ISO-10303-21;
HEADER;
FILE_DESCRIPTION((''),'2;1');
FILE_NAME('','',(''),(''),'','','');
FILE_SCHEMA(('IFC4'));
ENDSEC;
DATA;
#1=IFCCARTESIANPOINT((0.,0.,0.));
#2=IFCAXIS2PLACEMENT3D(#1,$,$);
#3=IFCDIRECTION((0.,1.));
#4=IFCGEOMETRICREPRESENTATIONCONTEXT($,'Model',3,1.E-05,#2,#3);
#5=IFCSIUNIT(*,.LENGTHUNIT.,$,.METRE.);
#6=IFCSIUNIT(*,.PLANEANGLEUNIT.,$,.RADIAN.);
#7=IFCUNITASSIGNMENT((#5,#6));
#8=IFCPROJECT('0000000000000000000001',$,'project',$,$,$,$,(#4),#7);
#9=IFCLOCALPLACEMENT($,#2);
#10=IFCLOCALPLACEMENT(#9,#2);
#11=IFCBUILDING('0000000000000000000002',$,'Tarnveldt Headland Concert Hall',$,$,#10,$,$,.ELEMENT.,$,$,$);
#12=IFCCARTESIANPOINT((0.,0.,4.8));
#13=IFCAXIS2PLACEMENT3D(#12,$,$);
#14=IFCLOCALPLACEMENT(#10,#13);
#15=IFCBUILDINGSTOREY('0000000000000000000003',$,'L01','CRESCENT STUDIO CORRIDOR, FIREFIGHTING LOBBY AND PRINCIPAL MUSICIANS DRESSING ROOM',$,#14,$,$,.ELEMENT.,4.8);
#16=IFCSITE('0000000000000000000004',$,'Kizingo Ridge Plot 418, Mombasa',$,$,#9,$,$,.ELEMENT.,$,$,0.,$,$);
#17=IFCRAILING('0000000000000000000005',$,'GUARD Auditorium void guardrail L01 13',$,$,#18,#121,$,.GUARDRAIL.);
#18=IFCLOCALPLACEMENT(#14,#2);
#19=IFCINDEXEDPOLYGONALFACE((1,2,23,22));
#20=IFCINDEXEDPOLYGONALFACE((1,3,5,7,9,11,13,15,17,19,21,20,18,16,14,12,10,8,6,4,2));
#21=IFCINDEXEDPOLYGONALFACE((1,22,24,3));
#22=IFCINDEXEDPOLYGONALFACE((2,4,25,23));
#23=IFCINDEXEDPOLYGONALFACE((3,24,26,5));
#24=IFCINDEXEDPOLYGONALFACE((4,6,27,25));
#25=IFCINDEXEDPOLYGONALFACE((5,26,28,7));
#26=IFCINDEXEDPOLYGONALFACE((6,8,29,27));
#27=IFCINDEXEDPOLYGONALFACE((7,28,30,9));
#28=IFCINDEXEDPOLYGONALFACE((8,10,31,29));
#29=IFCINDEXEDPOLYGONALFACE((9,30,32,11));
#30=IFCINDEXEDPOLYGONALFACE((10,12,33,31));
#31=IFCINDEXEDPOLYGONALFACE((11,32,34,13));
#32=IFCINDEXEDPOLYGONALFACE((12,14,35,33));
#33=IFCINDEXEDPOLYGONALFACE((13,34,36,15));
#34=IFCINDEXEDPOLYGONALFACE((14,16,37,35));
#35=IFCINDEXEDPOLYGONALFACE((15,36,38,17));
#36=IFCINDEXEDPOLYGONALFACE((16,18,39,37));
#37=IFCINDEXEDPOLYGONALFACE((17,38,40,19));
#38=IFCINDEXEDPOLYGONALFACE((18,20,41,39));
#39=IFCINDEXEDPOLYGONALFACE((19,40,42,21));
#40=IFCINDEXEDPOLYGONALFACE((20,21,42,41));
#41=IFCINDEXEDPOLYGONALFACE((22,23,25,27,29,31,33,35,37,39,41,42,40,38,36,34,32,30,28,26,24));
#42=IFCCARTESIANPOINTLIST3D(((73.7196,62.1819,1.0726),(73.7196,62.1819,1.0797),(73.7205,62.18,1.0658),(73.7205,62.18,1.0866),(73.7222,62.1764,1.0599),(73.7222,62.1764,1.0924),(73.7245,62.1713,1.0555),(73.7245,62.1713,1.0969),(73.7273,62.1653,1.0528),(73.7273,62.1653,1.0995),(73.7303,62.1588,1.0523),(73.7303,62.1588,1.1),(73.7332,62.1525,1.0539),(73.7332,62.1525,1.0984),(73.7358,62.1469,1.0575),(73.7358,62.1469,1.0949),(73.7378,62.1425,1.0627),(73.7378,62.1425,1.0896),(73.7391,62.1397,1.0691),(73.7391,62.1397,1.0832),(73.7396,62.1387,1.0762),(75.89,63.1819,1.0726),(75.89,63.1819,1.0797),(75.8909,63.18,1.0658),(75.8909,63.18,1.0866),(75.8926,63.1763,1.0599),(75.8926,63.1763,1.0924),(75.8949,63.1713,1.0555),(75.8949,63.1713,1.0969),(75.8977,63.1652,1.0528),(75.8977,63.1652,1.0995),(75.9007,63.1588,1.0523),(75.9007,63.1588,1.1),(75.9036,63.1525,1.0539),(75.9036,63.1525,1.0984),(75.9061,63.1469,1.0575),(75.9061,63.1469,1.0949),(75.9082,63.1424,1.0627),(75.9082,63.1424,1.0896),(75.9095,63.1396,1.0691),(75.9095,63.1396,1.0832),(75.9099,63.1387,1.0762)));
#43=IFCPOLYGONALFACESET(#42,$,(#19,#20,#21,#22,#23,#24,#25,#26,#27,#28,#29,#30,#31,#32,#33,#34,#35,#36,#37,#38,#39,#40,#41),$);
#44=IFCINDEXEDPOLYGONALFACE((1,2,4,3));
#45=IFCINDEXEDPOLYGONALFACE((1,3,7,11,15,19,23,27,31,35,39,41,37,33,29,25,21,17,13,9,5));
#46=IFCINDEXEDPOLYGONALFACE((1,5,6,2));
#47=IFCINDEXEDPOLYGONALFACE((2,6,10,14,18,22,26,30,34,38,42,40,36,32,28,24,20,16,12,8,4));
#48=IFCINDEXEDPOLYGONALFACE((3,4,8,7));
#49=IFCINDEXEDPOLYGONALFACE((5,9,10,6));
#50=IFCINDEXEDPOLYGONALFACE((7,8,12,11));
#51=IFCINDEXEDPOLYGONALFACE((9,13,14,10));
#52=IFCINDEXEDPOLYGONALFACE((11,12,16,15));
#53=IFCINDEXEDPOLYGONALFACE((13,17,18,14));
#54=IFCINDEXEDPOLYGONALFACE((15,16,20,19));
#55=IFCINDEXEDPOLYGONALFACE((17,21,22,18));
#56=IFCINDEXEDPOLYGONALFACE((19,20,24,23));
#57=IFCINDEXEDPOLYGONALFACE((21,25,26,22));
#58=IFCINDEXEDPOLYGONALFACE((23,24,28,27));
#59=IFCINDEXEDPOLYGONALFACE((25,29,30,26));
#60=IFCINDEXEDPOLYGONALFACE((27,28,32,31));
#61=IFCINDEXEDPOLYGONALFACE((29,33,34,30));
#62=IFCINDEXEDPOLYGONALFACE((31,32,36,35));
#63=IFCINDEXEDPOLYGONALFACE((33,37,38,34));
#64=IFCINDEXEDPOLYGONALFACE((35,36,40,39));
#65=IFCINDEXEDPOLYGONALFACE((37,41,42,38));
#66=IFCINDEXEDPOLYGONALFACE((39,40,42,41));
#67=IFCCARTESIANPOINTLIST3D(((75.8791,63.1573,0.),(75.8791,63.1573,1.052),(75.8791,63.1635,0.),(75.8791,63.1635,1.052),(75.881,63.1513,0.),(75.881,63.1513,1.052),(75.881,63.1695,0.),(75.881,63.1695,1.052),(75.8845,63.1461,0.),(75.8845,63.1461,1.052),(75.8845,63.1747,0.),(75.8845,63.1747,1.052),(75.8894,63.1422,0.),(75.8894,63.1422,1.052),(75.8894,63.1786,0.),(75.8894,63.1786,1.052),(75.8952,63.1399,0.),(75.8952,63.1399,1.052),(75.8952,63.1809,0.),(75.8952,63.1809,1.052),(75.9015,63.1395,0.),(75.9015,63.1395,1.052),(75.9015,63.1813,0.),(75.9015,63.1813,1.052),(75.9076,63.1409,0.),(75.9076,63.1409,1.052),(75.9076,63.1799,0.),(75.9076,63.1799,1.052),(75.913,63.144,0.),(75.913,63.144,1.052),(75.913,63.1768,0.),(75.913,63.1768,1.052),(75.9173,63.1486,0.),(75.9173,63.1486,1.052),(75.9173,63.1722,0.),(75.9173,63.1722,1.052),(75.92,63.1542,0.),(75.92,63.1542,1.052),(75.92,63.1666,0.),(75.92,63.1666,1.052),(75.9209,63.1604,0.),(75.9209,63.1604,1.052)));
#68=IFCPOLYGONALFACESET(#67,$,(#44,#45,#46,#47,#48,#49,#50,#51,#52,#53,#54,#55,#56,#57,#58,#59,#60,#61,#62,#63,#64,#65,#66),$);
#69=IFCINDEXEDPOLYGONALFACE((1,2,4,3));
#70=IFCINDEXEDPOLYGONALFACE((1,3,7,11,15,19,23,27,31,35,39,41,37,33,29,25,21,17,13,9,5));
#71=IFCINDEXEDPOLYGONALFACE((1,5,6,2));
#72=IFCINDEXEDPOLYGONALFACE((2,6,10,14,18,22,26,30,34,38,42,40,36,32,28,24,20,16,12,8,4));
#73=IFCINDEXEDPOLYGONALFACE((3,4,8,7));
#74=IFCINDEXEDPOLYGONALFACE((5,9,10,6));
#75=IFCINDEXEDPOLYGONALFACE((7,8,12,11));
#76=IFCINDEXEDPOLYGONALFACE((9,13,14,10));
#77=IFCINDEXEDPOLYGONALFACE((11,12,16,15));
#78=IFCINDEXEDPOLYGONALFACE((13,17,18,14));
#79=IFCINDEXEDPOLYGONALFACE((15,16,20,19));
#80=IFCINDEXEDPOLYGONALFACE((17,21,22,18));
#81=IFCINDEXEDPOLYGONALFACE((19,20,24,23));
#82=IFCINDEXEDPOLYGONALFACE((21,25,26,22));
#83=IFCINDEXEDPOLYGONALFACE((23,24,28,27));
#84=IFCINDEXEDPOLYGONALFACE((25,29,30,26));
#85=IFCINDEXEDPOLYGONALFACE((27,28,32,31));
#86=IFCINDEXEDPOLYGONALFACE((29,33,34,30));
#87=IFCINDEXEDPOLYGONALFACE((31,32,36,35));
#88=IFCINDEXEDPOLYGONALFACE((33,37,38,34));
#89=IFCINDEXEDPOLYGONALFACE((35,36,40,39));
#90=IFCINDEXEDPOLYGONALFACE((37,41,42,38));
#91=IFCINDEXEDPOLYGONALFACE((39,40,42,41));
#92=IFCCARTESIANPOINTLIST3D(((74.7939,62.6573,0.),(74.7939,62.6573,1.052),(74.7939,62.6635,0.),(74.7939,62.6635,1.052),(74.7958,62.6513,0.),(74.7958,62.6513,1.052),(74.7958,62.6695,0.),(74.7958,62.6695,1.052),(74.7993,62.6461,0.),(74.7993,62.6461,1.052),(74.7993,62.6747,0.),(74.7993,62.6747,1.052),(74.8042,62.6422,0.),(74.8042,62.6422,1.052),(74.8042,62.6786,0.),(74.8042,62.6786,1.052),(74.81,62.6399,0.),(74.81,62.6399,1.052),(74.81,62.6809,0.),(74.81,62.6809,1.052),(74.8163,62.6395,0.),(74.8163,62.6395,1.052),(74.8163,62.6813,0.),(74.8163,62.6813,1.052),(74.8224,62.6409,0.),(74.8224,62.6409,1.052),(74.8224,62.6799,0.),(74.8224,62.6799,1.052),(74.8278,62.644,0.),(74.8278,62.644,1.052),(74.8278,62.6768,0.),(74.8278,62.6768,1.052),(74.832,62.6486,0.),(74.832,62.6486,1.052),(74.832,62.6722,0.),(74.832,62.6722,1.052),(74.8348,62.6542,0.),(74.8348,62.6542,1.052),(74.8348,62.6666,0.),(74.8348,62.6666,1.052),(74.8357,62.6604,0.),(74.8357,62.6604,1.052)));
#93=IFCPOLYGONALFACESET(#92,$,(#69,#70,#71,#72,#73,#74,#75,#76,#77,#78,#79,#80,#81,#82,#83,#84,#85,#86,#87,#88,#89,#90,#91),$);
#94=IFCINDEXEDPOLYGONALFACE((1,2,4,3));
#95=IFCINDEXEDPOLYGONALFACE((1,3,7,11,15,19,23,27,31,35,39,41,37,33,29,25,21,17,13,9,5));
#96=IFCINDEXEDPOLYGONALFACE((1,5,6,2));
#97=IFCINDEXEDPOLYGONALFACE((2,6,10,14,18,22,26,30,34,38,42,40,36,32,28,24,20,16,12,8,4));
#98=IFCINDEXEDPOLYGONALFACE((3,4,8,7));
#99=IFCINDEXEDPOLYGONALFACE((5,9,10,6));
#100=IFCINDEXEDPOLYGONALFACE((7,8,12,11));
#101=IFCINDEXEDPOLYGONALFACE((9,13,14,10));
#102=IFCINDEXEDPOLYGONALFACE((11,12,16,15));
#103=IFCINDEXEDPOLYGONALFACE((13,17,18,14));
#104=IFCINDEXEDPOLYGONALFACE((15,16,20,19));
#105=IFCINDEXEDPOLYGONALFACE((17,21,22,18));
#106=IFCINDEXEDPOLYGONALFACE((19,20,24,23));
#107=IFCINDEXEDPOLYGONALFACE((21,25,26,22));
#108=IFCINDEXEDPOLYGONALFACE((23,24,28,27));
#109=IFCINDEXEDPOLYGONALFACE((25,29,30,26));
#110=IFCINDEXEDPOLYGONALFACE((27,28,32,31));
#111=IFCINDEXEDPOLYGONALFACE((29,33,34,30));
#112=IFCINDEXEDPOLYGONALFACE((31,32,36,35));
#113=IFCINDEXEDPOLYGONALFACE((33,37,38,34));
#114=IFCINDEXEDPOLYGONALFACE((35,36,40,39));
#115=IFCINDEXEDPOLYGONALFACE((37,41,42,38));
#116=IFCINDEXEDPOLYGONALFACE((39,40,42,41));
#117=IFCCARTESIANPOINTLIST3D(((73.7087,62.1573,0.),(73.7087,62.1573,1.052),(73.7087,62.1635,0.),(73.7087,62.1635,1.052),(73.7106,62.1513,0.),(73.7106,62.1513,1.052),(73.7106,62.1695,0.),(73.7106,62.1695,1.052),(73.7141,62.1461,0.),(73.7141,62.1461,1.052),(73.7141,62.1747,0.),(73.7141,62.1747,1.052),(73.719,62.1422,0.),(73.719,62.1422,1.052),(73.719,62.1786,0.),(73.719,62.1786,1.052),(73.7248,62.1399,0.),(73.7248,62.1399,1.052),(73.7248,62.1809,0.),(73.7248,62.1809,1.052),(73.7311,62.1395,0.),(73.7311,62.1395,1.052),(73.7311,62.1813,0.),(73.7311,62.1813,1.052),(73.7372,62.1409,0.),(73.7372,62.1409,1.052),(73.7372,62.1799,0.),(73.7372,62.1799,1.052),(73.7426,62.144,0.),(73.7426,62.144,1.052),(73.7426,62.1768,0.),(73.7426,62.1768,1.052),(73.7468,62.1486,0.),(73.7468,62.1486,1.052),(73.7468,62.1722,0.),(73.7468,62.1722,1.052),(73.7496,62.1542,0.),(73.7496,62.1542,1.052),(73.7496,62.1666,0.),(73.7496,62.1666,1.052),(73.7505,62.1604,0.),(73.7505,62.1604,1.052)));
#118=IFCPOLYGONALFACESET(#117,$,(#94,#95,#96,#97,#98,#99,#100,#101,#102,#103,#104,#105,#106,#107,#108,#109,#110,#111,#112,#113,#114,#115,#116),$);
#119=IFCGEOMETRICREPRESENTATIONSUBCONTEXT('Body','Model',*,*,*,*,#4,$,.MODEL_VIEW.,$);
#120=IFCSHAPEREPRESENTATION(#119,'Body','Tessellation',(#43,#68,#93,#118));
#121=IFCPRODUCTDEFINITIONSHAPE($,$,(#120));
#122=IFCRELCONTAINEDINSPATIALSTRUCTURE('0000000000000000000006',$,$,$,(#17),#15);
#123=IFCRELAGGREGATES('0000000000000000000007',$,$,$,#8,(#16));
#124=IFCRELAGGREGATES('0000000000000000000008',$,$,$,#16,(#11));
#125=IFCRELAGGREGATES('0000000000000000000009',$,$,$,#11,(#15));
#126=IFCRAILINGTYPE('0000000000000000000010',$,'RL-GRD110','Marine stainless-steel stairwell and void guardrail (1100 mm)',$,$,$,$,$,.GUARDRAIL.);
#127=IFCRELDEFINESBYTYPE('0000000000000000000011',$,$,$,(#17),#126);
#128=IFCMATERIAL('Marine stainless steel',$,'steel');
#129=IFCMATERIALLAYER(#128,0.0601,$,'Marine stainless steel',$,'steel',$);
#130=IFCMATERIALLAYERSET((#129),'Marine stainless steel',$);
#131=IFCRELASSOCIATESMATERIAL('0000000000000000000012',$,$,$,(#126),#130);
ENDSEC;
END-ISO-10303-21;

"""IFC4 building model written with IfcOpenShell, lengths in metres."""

from ifc_helpers import new_model, si_unit, direction, frame, origin, origin_2d, place, context, subcontext, project, spatial, circle, extrude, material, layer, layer_set, type_object, element, save


model = new_model("IFC4")

# Units and contexts
model_context = context("Model", 3, precision=1e-05, world=origin(), true_north=direction((0.0, 1.0)))
body_context = subcontext(model_context, "Body", "Model", "MODEL_VIEW")
ifc_project = project(units=[si_unit("LENGTHUNIT", "METRE"), si_unit("PLANEANGLEUNIT", "RADIAN")], contexts=[model_context])

# Site, building, storey
site_placement = place(None, origin())
site = spatial("IfcSite", under=ifc_project, at=site_placement, Name="Kizingo Ridge Plot 418, Mombasa", CompositionType="ELEMENT", RefElevation=0.0)
building_placement = place(site_placement, origin())
building = spatial("IfcBuilding", under=site, at=building_placement, Name="Tarnveldt Headland Concert Hall", CompositionType="ELEMENT")
storey_placement = place(building_placement, frame((0.0, 0.0, 4.8)))
storey = spatial("IfcBuildingStorey", under=building, at=storey_placement, Name="L01", Description="CRESCENT STUDIO CORRIDOR, FIREFIGHTING LOBBY AND PRINCIPAL MUSICIANS DRESSING ROOM", CompositionType="ELEMENT", Elevation=4.8)

# Railing
ifc_material_1 = material(Name="Marine stainless steel", Category="steel")
ifc_layer_1 = layer(ifc_material_1, 0.0601, Name="Marine stainless steel", Category="steel")
ifc_layer_set_1 = layer_set([ifc_layer_1], Name="Marine stainless steel")
railing_type = type_object("IfcRailingType", Name="RL-GRD110", Description="Marine stainless-steel stairwell and void guardrail (1100 mm)", PredefinedType="GUARDRAIL", material=ifc_layer_set_1)
railing_1_placement = place(storey_placement, frame((75.8999, 63.1604, 0.0)))
element("IfcRailing", 1, at=railing_1_placement, inside=storey, type_object=railing_type, Name="GUARD Auditorium void guardrail L01 13", PredefinedType="GUARDRAIL", context=body_context, shape_type="SweptSolid", body=[
    extrude(circle(Radius=0.0239, at=origin_2d()), frame((0.0, 0.0, 1.0762), z_axis=(-0.908234, -0.418462, 0.0), x_axis=(0.418462, -0.908234, 0.0)), (0.0, 0.0, 1.0), 2.3896),
    extrude(circle(Radius=0.021, at=origin_2d()), origin(), (0.0, 0.0, 1.0), 1.052),
    extrude(circle(Radius=0.021, at=origin_2d()), frame((-1.0852, -0.5, 0.0)), (0.0, 0.0, 1.0), 1.052),
    extrude(circle(Radius=0.021, at=origin_2d()), frame((-2.1704, -1.0, 0.0)), (0.0, 0.0, 1.0), 1.052),
])

save(model, "model.ifc")
